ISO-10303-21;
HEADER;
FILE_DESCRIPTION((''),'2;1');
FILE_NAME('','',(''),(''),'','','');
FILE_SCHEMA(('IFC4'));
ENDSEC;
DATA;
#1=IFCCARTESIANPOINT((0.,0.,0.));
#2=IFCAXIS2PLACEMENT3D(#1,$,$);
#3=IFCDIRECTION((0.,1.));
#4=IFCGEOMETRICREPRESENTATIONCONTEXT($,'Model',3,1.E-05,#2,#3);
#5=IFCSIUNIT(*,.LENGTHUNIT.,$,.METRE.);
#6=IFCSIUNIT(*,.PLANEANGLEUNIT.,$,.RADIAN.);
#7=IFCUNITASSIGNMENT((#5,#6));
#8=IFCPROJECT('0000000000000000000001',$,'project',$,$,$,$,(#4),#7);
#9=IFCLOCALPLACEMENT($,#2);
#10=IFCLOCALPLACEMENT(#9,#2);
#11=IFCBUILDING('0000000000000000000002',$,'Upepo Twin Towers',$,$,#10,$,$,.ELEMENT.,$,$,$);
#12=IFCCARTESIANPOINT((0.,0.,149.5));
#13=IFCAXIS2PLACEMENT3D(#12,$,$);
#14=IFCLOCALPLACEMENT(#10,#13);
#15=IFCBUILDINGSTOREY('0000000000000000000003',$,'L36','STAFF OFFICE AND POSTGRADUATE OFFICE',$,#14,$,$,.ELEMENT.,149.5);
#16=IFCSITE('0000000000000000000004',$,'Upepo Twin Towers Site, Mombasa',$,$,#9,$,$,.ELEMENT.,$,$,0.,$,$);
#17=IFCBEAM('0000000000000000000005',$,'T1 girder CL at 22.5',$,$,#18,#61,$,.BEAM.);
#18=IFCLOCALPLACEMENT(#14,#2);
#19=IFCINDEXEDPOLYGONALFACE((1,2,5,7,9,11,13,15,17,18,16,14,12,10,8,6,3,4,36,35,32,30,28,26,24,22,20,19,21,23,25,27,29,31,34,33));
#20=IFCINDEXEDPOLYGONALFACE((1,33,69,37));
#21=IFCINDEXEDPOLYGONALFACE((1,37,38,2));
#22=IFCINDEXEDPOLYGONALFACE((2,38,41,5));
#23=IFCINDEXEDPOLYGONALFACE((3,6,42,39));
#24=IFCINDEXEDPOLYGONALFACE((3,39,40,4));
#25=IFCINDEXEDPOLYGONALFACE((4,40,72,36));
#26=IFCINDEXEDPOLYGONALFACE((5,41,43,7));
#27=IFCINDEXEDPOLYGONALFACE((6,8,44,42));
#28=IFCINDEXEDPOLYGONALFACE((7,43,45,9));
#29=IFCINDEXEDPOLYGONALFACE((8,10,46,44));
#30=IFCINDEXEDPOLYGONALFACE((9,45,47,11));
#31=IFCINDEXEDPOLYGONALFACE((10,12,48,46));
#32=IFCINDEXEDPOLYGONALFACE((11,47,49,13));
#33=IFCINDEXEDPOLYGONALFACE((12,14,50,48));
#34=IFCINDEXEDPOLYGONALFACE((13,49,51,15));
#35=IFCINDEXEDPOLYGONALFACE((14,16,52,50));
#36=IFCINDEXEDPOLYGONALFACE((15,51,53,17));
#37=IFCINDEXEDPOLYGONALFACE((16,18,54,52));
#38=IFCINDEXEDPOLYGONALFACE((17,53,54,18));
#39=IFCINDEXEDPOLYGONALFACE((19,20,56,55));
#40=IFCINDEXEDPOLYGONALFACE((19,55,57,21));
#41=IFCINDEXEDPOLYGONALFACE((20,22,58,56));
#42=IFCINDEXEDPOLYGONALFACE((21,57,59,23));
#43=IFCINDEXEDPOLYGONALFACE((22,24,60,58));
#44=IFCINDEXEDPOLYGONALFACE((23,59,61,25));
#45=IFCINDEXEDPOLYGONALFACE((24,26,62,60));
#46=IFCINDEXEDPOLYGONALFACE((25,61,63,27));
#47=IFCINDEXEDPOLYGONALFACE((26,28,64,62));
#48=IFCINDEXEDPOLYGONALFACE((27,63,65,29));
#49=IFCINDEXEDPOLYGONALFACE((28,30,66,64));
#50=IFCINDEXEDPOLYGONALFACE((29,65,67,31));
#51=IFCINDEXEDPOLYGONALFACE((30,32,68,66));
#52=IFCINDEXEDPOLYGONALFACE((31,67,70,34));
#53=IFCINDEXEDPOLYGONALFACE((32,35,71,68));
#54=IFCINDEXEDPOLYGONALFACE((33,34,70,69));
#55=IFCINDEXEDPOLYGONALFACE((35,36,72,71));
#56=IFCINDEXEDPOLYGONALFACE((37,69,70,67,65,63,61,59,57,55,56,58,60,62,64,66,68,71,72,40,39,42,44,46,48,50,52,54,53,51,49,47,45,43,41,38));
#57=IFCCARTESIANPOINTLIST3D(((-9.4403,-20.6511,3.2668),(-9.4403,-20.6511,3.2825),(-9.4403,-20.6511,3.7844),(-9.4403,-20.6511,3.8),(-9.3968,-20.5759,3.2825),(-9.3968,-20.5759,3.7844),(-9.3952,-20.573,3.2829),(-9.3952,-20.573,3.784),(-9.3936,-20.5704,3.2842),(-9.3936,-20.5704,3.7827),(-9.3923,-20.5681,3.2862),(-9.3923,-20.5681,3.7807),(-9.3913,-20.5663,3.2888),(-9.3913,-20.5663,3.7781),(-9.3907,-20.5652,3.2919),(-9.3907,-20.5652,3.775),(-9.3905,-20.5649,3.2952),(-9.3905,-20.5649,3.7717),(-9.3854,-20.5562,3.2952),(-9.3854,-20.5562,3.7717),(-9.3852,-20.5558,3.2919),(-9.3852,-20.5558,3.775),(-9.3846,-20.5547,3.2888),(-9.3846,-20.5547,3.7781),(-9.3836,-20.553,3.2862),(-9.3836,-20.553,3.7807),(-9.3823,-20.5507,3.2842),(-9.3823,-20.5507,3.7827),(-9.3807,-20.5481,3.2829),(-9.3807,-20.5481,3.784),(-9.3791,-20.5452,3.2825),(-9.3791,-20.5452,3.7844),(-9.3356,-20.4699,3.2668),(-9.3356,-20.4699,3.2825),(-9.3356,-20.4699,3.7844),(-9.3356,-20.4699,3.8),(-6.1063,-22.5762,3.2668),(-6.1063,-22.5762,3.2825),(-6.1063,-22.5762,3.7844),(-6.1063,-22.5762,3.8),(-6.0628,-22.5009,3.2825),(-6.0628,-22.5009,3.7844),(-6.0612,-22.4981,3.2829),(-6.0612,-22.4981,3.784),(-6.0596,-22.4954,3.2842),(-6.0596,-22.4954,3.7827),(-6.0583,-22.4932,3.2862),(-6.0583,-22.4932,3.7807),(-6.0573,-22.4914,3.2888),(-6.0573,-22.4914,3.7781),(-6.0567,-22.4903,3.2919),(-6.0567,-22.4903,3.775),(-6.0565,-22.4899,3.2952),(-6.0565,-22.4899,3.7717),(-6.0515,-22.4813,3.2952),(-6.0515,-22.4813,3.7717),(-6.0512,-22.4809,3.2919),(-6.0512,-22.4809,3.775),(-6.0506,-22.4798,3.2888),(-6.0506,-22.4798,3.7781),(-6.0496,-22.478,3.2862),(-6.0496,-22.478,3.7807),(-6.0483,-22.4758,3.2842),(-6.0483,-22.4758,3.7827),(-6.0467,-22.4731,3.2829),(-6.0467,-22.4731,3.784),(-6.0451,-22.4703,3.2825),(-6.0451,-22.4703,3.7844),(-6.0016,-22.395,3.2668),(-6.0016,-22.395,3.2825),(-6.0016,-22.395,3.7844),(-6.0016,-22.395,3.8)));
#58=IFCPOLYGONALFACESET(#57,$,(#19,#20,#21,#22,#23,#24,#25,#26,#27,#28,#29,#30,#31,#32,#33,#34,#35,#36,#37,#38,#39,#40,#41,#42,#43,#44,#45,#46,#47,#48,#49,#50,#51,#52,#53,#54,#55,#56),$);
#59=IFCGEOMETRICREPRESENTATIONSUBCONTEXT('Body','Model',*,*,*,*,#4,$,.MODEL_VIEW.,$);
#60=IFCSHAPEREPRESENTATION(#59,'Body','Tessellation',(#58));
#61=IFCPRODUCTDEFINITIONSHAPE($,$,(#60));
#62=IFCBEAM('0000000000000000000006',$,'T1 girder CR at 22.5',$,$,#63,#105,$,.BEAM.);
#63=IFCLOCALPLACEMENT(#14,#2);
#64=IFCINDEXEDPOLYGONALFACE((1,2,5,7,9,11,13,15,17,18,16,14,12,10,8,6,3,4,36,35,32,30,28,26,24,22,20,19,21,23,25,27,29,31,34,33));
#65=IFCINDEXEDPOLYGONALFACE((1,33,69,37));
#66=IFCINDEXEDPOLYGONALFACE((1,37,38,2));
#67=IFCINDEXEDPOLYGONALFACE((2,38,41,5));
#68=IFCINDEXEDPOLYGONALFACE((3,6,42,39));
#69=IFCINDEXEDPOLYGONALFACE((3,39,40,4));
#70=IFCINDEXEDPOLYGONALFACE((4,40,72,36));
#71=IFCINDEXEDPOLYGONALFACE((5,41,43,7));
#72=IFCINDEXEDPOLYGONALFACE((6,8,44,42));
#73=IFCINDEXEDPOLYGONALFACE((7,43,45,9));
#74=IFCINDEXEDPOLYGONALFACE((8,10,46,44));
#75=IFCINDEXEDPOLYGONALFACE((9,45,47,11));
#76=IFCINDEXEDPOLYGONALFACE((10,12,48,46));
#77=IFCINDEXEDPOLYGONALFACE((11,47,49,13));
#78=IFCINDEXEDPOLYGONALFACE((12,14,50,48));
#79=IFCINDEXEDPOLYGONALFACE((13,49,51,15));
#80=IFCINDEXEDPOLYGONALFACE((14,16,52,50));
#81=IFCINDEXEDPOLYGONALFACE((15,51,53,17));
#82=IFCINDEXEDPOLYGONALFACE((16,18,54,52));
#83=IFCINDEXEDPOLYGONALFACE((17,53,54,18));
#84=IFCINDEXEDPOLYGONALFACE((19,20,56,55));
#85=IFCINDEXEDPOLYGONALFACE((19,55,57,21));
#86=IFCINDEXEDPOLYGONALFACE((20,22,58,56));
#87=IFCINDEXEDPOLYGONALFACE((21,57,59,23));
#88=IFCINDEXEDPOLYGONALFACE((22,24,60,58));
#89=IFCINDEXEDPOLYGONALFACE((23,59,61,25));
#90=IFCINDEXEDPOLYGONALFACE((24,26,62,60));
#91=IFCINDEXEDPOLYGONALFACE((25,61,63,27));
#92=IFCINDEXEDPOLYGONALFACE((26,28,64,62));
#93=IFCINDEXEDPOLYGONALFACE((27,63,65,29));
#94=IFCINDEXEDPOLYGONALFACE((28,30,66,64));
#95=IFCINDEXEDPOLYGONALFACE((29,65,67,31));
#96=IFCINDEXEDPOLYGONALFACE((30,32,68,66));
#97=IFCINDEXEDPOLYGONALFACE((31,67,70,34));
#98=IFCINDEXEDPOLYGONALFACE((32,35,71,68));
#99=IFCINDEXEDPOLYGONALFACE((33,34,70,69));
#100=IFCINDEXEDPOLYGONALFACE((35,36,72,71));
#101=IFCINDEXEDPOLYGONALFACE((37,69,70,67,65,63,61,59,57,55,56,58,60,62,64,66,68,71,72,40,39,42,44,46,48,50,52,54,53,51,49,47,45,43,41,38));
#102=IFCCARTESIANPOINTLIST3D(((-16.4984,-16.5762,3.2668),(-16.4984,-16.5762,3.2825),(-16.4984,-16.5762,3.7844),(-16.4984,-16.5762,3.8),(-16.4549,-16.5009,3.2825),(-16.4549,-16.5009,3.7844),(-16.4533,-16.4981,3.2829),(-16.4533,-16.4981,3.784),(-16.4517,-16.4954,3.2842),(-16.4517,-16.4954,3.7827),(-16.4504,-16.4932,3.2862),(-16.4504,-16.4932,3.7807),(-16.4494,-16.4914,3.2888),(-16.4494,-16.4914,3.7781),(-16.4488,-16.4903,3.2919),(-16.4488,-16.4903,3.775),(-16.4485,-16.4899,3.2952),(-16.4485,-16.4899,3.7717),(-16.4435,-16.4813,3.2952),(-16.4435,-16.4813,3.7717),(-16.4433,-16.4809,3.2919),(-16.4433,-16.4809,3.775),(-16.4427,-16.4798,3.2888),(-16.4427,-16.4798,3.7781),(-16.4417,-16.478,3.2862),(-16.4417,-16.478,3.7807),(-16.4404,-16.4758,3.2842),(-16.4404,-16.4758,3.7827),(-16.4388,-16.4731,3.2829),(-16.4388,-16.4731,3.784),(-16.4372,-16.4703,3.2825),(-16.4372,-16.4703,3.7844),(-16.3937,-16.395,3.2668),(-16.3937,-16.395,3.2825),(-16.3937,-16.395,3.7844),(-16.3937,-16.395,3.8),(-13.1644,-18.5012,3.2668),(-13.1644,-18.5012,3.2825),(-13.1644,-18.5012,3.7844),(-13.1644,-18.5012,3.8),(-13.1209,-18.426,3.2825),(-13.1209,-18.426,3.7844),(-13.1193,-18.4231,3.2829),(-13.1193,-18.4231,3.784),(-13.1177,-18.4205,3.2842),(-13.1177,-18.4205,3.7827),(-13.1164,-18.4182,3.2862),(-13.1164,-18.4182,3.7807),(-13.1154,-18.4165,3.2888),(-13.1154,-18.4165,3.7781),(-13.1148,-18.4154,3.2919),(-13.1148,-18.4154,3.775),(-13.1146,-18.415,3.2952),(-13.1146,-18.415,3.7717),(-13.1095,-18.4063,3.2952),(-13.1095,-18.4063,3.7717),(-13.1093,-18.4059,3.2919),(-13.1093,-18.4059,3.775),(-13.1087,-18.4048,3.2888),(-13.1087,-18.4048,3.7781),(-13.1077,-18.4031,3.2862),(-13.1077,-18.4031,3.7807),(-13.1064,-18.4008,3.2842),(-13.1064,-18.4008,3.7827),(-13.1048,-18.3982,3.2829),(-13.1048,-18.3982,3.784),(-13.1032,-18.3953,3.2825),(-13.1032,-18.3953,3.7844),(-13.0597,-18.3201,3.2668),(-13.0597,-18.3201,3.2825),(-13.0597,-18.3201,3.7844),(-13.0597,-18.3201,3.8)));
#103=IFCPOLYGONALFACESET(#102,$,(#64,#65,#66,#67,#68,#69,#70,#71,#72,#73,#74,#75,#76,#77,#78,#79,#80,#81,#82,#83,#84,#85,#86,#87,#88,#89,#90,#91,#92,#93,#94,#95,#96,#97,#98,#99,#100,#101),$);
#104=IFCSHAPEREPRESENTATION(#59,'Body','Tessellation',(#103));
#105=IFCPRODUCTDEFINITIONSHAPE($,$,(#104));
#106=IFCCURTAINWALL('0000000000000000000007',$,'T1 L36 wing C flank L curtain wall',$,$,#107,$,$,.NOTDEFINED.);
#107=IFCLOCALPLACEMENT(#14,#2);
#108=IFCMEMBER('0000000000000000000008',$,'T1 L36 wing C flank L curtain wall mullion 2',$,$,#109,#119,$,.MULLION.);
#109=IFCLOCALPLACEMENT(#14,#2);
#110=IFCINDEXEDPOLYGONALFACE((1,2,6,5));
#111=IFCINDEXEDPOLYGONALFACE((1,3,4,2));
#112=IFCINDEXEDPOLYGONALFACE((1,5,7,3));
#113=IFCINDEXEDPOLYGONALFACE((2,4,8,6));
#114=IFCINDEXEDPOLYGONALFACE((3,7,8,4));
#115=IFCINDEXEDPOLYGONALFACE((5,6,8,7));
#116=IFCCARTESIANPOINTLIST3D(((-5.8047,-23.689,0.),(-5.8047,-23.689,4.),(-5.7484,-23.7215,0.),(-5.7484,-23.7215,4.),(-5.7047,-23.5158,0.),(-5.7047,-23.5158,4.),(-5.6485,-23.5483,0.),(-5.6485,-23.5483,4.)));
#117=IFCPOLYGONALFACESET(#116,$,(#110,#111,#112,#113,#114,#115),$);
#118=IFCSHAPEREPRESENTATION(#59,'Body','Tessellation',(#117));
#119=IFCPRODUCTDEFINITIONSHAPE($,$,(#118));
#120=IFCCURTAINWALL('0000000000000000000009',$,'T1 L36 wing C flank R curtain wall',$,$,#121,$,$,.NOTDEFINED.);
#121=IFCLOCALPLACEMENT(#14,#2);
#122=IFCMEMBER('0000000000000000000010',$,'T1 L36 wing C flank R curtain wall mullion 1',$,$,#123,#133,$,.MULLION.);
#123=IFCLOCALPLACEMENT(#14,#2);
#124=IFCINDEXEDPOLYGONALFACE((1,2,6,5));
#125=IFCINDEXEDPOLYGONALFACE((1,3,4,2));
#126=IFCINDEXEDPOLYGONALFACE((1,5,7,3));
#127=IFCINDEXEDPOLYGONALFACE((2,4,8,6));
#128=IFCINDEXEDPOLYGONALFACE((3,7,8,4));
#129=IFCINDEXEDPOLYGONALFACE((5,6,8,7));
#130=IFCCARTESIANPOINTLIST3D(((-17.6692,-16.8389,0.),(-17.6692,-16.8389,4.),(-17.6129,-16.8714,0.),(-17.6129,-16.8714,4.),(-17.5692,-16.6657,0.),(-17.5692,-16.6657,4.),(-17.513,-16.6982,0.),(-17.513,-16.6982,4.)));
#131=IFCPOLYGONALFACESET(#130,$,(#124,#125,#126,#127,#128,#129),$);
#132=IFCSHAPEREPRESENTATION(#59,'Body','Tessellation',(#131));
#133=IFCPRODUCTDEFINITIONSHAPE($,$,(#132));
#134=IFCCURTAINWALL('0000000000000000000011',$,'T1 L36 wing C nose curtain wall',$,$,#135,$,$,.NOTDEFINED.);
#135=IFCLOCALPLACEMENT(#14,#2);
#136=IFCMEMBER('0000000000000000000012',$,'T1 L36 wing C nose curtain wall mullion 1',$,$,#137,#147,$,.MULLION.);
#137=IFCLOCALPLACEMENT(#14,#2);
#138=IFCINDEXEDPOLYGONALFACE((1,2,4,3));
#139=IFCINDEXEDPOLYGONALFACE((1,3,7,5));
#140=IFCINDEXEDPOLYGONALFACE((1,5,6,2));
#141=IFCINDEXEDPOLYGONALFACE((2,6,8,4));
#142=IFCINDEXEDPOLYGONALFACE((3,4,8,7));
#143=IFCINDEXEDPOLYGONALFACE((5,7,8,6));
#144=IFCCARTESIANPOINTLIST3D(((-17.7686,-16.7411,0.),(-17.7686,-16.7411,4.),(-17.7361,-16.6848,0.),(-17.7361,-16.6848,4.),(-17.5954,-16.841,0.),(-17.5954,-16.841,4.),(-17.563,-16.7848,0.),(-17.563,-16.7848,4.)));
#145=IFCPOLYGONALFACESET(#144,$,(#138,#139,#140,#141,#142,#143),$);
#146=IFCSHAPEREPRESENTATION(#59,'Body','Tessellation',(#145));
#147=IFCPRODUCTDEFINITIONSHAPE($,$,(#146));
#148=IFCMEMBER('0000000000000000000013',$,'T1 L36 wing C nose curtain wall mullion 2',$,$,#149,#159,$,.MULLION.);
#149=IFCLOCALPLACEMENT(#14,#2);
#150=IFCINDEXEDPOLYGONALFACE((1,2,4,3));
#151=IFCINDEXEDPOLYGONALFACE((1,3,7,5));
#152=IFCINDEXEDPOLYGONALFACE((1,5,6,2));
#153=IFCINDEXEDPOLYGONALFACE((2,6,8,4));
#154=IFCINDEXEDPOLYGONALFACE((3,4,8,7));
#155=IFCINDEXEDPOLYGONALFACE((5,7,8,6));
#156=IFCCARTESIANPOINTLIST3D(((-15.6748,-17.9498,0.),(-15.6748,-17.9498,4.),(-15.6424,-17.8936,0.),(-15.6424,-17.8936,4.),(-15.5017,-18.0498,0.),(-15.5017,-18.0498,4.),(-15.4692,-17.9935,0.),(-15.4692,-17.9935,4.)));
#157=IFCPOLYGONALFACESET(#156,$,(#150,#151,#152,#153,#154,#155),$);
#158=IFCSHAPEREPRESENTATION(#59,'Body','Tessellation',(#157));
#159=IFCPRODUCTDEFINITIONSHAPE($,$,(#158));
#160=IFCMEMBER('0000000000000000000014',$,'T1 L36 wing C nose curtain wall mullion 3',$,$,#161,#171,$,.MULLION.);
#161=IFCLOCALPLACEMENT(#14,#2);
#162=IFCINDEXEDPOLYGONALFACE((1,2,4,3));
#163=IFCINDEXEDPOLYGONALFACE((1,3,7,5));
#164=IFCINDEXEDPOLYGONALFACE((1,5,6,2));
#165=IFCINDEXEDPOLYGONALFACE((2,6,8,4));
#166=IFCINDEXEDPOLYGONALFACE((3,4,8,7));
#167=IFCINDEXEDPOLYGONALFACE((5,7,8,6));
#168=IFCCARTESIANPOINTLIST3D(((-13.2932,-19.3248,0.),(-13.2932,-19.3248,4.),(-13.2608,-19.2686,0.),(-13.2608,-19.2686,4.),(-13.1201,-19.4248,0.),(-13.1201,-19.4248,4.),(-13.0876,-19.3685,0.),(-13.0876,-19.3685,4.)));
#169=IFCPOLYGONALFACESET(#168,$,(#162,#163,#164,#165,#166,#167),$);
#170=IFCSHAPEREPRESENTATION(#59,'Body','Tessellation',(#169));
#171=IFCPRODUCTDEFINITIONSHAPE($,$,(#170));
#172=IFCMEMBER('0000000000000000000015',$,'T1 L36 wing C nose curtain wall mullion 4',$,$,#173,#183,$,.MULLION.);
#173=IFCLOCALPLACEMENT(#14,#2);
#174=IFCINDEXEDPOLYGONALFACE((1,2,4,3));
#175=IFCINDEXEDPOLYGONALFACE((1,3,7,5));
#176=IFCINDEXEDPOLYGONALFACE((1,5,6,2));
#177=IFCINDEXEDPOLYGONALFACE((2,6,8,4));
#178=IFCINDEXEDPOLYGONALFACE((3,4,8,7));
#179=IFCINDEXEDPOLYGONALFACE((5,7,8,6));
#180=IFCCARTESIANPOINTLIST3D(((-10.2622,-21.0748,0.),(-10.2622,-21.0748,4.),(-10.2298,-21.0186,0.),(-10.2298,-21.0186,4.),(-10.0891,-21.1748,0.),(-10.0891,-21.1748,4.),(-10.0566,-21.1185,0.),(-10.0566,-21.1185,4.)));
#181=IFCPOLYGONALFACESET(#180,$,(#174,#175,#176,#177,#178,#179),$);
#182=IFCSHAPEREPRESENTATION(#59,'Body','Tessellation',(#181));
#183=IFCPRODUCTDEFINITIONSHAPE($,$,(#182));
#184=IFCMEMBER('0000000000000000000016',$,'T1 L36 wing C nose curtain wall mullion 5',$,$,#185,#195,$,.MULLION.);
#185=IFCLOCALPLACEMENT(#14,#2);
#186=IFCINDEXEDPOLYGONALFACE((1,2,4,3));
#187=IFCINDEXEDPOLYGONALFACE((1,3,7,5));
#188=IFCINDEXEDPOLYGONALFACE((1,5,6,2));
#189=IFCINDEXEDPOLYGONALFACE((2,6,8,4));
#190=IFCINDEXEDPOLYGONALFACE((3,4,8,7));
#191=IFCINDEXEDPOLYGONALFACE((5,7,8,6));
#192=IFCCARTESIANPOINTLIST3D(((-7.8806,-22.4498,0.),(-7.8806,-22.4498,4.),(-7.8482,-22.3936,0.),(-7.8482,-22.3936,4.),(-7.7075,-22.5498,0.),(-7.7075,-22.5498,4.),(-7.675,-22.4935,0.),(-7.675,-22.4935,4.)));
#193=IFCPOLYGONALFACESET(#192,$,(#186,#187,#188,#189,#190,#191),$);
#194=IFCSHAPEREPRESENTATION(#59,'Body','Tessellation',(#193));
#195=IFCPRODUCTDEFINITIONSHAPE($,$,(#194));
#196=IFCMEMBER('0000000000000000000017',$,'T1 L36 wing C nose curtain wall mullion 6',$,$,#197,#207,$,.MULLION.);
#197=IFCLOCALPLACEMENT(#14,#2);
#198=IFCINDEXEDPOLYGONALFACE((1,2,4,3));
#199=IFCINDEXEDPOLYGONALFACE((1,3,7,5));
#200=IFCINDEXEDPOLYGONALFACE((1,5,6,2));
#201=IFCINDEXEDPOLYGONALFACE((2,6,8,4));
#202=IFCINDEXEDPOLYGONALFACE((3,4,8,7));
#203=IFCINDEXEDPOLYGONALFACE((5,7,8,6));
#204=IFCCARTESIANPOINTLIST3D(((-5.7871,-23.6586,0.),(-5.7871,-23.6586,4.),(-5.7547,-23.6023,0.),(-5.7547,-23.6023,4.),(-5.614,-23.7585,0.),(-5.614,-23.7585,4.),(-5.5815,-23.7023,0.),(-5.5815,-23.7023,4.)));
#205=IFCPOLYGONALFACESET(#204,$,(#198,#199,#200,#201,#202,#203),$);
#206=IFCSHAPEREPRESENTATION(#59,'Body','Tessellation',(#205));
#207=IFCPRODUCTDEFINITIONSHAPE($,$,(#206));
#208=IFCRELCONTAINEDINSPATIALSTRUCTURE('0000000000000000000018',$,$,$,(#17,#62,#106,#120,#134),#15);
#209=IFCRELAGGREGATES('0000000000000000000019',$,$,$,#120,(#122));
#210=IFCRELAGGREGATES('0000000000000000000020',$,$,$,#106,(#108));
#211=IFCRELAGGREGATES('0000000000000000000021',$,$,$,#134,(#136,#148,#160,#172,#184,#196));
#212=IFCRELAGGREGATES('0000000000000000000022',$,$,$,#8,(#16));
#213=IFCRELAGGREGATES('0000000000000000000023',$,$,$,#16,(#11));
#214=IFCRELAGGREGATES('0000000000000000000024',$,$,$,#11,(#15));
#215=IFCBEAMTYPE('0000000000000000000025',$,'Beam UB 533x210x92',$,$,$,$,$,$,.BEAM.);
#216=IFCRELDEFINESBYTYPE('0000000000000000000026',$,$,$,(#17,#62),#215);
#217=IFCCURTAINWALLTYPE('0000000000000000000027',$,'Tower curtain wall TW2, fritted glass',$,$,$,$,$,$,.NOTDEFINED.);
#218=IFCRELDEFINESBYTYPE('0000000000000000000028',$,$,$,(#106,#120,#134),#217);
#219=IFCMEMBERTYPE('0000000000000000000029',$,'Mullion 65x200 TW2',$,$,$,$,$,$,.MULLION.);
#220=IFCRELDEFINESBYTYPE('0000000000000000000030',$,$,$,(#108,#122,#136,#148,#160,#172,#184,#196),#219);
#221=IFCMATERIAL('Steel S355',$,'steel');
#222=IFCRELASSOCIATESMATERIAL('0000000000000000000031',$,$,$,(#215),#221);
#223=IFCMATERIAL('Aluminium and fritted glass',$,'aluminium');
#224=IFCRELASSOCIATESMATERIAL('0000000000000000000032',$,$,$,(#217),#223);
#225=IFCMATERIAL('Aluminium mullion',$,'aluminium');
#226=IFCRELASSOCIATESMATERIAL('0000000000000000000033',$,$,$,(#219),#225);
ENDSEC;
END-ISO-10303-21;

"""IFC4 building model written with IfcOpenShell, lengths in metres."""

from ifc_helpers import new_model, si_unit, direction, frame, origin, origin_2d, place, context, subcontext, project, spatial, rectangle, i_section, extrude, material, material_profile, profile_set, type_object, element, aggregate, save


model = new_model("IFC4")

# Units and contexts
model_context = context("Model", 3, precision=1e-05, world=origin(), true_north=direction((0.0, 1.0)))
body_context = subcontext(model_context, "Body", "Model", "MODEL_VIEW")
ifc_project = project(units=[si_unit("LENGTHUNIT", "METRE"), si_unit("PLANEANGLEUNIT", "RADIAN")], contexts=[model_context])

# Site, building, storey
site_placement = place(None, origin())
site = spatial("IfcSite", under=ifc_project, at=site_placement, Name="Upepo Twin Towers Site, Mombasa", CompositionType="ELEMENT", RefElevation=0.0)
building_placement = place(site_placement, origin())
building = spatial("IfcBuilding", under=site, at=building_placement, Name="Upepo Twin Towers", CompositionType="ELEMENT")
storey_placement = place(building_placement, frame((0.0, 0.0, 149.5)))
storey = spatial("IfcBuildingStorey", under=building, at=storey_placement, Name="L36", Description="STAFF OFFICE AND POSTGRADUATE OFFICE", CompositionType="ELEMENT", Elevation=149.5)

# Beams
ifc_material_1 = material(Name="Steel S355", Category="steel")
ifc_material_profile_1 = material_profile(ifc_material_1, i_section(OverallWidth=0.2092, OverallDepth=0.5332, WebThickness=0.01, FlangeThickness=0.0156, FilletRadius=0.0127, at=origin_2d()), Name="UB 533x210x92")
ifc_profile_set_1 = profile_set([ifc_material_profile_1], Name="Steel S355")
beam_type_1 = type_object("IfcBeamType", Name="Beam UB 533x210x92", PredefinedType="BEAM", material=ifc_profile_set_1)
for number, where, z_axis, x_axis, name in (
    (1, (-6.054, -22.4856, 3.5334), (-0.866006, 0.500034, 0.0), (-0.500034, -0.866006, 0.0), "T1 girder CL at 22.5"),
    (2, (-16.446, -16.4856, 3.5334), (0.866006, -0.500034, 0.0), (0.500034, 0.866006, 0.0), "T1 girder CR at 22.5"),
):
    element("IfcBeam", number, at=place(storey_placement, frame(where, z_axis=z_axis, x_axis=x_axis)), inside=storey, type_object=beam_type_1, Name=name, PredefinedType="BEAM", context=body_context, shape_type="SweptSolid", body=[
        extrude(i_section(OverallWidth=0.2092, OverallDepth=0.5332, WebThickness=0.01, FlangeThickness=0.0156, FilletRadius=0.0127, at=origin_2d()), origin(), (0.0, 0.0, 1.0), 3.8499),
    ])

# Curtain walls, members
ifc_material_2 = material(Name="Aluminium and fritted glass", Category="aluminium")
curtain_wall_type = type_object("IfcCurtainWallType", Name="Tower curtain wall TW2, fritted glass", PredefinedType="NOTDEFINED", material=ifc_material_2)
curtain_wall_1_placement = place(storey_placement, origin())
curtain_wall_1 = element("IfcCurtainWall", 3, at=curtain_wall_1_placement, inside=storey, type_object=curtain_wall_type, Name="T1 L36 wing C flank L curtain wall", PredefinedType="NOTDEFINED")
ifc_material_3 = material(Name="Aluminium mullion", Category="aluminium")
ifc_material_profile_2 = material_profile(ifc_material_3, rectangle(XDim=0.0649, YDim=0.2, at=origin_2d()), Name="MULLION 65x200")
ifc_profile_set_2 = profile_set([ifc_material_profile_2], Name="Aluminium mullion")
member_type_1 = type_object("IfcMemberType", Name="Mullion 65x200 TW2", PredefinedType="MULLION", material=ifc_profile_set_2)
member_1_placement = place(storey_placement, frame((-5.7266, -23.6187, 0.0), z_axis=(0.0, 0.0, 1.0), x_axis=(0.866025, -0.5, 0.0)))
member_1 = element("IfcMember", 4, at=member_1_placement, type_object=member_type_1, Name="T1 L36 wing C flank L curtain wall mullion 2", PredefinedType="MULLION", context=body_context, shape_type="SweptSolid", body=[
    extrude(rectangle(XDim=0.0649, YDim=0.2, at=origin_2d()), origin(), (0.0, 0.0, 1.0), 4.0),
])
curtain_wall_2_placement = place(storey_placement, origin())
curtain_wall_2 = element("IfcCurtainWall", 5, at=curtain_wall_2_placement, inside=storey, type_object=curtain_wall_type, Name="T1 L36 wing C flank R curtain wall", PredefinedType="NOTDEFINED")
member_2_placement = place(storey_placement, frame((-17.5911, -16.7686, 0.0), z_axis=(0.0, 0.0, 1.0), x_axis=(-0.866025, 0.5, 0.0)))
member_2 = element("IfcMember", 6, at=member_2_placement, type_object=member_type_1, Name="T1 L36 wing C flank R curtain wall mullion 1", PredefinedType="MULLION", context=body_context, shape_type="SweptSolid", body=[
    extrude(rectangle(XDim=0.0649, YDim=0.2, at=origin_2d()), origin(), (0.0, 0.0, 1.0), 4.0),
])

# Curtain wall, members
curtain_wall_3_placement = place(storey_placement, origin())
curtain_wall_3 = element("IfcCurtainWall", 7, at=curtain_wall_3_placement, inside=storey, type_object=curtain_wall_type, Name="T1 L36 wing C nose curtain wall", PredefinedType="NOTDEFINED")
member_3_placement = place(storey_placement, frame((-17.6658, -16.7629, 0.0), z_axis=(0.0, 0.0, 1.0), x_axis=(0.5, 0.866025, 0.0)))
member_3 = element("IfcMember", 8, at=member_3_placement, type_object=member_type_1, Name="T1 L36 wing C nose curtain wall mullion 1", PredefinedType="MULLION", context=body_context, shape_type="SweptSolid", body=[
    extrude(rectangle(XDim=0.0649, YDim=0.2, at=origin_2d()), origin(), (0.0, 0.0, 1.0), 4.0),
])
member_4_placement = place(storey_placement, frame((-15.572, -17.9717, 0.0), z_axis=(0.0, 0.0, 1.0), x_axis=(0.5, 0.866025, 0.0)))
member_4 = element("IfcMember", 9, at=member_4_placement, type_object=member_type_1, Name="T1 L36 wing C nose curtain wall mullion 2", PredefinedType="MULLION", context=body_context, shape_type="SweptSolid", body=[
    extrude(rectangle(XDim=0.0649, YDim=0.2, at=origin_2d()), origin(), (0.0, 0.0, 1.0), 4.0),
])
member_5_placement = place(storey_placement, frame((-13.1904, -19.3467, 0.0), z_axis=(0.0, 0.0, 1.0), x_axis=(0.5, 0.866025, 0.0)))
member_5 = element("IfcMember", 10, at=member_5_placement, type_object=member_type_1, Name="T1 L36 wing C nose curtain wall mullion 3", PredefinedType="MULLION", context=body_context, shape_type="SweptSolid", body=[
    extrude(rectangle(XDim=0.0649, YDim=0.2, at=origin_2d()), origin(), (0.0, 0.0, 1.0), 4.0),
])
member_6_placement = place(storey_placement, frame((-10.1594, -21.0967, 0.0), z_axis=(0.0, 0.0, 1.0), x_axis=(0.5, 0.866025, 0.0)))
member_6 = element("IfcMember", 11, at=member_6_placement, type_object=member_type_1, Name="T1 L36 wing C nose curtain wall mullion 4", PredefinedType="MULLION", context=body_context, shape_type="SweptSolid", body=[
    extrude(rectangle(XDim=0.0649, YDim=0.2, at=origin_2d()), origin(), (0.0, 0.0, 1.0), 4.0),
])
member_7_placement = place(storey_placement, frame((-7.7778, -22.4717, 0.0), z_axis=(0.0, 0.0, 1.0), x_axis=(0.5, 0.866025, 0.0)))
member_7 = element("IfcMember", 12, at=member_7_placement, type_object=member_type_1, Name="T1 L36 wing C nose curtain wall mullion 5", PredefinedType="MULLION", context=body_context, shape_type="SweptSolid", body=[
    extrude(rectangle(XDim=0.0649, YDim=0.2, at=origin_2d()), origin(), (0.0, 0.0, 1.0), 4.0),
])
member_8_placement = place(storey_placement, frame((-5.6843, -23.6804, 0.0), z_axis=(0.0, 0.0, 1.0), x_axis=(0.5, 0.866025, 0.0)))
member_8 = element("IfcMember", 13, at=member_8_placement, type_object=member_type_1, Name="T1 L36 wing C nose curtain wall mullion 6", PredefinedType="MULLION", context=body_context, shape_type="SweptSolid", body=[
    extrude(rectangle(XDim=0.0649, YDim=0.2, at=origin_2d()), origin(), (0.0, 0.0, 1.0), 4.0),
])

aggregate(curtain_wall_2, [member_2])

aggregate(curtain_wall_1, [member_1])
aggregate(curtain_wall_3, [member_3, member_4, member_5, member_6, member_7, member_8])

save(model, "model.ifc")
